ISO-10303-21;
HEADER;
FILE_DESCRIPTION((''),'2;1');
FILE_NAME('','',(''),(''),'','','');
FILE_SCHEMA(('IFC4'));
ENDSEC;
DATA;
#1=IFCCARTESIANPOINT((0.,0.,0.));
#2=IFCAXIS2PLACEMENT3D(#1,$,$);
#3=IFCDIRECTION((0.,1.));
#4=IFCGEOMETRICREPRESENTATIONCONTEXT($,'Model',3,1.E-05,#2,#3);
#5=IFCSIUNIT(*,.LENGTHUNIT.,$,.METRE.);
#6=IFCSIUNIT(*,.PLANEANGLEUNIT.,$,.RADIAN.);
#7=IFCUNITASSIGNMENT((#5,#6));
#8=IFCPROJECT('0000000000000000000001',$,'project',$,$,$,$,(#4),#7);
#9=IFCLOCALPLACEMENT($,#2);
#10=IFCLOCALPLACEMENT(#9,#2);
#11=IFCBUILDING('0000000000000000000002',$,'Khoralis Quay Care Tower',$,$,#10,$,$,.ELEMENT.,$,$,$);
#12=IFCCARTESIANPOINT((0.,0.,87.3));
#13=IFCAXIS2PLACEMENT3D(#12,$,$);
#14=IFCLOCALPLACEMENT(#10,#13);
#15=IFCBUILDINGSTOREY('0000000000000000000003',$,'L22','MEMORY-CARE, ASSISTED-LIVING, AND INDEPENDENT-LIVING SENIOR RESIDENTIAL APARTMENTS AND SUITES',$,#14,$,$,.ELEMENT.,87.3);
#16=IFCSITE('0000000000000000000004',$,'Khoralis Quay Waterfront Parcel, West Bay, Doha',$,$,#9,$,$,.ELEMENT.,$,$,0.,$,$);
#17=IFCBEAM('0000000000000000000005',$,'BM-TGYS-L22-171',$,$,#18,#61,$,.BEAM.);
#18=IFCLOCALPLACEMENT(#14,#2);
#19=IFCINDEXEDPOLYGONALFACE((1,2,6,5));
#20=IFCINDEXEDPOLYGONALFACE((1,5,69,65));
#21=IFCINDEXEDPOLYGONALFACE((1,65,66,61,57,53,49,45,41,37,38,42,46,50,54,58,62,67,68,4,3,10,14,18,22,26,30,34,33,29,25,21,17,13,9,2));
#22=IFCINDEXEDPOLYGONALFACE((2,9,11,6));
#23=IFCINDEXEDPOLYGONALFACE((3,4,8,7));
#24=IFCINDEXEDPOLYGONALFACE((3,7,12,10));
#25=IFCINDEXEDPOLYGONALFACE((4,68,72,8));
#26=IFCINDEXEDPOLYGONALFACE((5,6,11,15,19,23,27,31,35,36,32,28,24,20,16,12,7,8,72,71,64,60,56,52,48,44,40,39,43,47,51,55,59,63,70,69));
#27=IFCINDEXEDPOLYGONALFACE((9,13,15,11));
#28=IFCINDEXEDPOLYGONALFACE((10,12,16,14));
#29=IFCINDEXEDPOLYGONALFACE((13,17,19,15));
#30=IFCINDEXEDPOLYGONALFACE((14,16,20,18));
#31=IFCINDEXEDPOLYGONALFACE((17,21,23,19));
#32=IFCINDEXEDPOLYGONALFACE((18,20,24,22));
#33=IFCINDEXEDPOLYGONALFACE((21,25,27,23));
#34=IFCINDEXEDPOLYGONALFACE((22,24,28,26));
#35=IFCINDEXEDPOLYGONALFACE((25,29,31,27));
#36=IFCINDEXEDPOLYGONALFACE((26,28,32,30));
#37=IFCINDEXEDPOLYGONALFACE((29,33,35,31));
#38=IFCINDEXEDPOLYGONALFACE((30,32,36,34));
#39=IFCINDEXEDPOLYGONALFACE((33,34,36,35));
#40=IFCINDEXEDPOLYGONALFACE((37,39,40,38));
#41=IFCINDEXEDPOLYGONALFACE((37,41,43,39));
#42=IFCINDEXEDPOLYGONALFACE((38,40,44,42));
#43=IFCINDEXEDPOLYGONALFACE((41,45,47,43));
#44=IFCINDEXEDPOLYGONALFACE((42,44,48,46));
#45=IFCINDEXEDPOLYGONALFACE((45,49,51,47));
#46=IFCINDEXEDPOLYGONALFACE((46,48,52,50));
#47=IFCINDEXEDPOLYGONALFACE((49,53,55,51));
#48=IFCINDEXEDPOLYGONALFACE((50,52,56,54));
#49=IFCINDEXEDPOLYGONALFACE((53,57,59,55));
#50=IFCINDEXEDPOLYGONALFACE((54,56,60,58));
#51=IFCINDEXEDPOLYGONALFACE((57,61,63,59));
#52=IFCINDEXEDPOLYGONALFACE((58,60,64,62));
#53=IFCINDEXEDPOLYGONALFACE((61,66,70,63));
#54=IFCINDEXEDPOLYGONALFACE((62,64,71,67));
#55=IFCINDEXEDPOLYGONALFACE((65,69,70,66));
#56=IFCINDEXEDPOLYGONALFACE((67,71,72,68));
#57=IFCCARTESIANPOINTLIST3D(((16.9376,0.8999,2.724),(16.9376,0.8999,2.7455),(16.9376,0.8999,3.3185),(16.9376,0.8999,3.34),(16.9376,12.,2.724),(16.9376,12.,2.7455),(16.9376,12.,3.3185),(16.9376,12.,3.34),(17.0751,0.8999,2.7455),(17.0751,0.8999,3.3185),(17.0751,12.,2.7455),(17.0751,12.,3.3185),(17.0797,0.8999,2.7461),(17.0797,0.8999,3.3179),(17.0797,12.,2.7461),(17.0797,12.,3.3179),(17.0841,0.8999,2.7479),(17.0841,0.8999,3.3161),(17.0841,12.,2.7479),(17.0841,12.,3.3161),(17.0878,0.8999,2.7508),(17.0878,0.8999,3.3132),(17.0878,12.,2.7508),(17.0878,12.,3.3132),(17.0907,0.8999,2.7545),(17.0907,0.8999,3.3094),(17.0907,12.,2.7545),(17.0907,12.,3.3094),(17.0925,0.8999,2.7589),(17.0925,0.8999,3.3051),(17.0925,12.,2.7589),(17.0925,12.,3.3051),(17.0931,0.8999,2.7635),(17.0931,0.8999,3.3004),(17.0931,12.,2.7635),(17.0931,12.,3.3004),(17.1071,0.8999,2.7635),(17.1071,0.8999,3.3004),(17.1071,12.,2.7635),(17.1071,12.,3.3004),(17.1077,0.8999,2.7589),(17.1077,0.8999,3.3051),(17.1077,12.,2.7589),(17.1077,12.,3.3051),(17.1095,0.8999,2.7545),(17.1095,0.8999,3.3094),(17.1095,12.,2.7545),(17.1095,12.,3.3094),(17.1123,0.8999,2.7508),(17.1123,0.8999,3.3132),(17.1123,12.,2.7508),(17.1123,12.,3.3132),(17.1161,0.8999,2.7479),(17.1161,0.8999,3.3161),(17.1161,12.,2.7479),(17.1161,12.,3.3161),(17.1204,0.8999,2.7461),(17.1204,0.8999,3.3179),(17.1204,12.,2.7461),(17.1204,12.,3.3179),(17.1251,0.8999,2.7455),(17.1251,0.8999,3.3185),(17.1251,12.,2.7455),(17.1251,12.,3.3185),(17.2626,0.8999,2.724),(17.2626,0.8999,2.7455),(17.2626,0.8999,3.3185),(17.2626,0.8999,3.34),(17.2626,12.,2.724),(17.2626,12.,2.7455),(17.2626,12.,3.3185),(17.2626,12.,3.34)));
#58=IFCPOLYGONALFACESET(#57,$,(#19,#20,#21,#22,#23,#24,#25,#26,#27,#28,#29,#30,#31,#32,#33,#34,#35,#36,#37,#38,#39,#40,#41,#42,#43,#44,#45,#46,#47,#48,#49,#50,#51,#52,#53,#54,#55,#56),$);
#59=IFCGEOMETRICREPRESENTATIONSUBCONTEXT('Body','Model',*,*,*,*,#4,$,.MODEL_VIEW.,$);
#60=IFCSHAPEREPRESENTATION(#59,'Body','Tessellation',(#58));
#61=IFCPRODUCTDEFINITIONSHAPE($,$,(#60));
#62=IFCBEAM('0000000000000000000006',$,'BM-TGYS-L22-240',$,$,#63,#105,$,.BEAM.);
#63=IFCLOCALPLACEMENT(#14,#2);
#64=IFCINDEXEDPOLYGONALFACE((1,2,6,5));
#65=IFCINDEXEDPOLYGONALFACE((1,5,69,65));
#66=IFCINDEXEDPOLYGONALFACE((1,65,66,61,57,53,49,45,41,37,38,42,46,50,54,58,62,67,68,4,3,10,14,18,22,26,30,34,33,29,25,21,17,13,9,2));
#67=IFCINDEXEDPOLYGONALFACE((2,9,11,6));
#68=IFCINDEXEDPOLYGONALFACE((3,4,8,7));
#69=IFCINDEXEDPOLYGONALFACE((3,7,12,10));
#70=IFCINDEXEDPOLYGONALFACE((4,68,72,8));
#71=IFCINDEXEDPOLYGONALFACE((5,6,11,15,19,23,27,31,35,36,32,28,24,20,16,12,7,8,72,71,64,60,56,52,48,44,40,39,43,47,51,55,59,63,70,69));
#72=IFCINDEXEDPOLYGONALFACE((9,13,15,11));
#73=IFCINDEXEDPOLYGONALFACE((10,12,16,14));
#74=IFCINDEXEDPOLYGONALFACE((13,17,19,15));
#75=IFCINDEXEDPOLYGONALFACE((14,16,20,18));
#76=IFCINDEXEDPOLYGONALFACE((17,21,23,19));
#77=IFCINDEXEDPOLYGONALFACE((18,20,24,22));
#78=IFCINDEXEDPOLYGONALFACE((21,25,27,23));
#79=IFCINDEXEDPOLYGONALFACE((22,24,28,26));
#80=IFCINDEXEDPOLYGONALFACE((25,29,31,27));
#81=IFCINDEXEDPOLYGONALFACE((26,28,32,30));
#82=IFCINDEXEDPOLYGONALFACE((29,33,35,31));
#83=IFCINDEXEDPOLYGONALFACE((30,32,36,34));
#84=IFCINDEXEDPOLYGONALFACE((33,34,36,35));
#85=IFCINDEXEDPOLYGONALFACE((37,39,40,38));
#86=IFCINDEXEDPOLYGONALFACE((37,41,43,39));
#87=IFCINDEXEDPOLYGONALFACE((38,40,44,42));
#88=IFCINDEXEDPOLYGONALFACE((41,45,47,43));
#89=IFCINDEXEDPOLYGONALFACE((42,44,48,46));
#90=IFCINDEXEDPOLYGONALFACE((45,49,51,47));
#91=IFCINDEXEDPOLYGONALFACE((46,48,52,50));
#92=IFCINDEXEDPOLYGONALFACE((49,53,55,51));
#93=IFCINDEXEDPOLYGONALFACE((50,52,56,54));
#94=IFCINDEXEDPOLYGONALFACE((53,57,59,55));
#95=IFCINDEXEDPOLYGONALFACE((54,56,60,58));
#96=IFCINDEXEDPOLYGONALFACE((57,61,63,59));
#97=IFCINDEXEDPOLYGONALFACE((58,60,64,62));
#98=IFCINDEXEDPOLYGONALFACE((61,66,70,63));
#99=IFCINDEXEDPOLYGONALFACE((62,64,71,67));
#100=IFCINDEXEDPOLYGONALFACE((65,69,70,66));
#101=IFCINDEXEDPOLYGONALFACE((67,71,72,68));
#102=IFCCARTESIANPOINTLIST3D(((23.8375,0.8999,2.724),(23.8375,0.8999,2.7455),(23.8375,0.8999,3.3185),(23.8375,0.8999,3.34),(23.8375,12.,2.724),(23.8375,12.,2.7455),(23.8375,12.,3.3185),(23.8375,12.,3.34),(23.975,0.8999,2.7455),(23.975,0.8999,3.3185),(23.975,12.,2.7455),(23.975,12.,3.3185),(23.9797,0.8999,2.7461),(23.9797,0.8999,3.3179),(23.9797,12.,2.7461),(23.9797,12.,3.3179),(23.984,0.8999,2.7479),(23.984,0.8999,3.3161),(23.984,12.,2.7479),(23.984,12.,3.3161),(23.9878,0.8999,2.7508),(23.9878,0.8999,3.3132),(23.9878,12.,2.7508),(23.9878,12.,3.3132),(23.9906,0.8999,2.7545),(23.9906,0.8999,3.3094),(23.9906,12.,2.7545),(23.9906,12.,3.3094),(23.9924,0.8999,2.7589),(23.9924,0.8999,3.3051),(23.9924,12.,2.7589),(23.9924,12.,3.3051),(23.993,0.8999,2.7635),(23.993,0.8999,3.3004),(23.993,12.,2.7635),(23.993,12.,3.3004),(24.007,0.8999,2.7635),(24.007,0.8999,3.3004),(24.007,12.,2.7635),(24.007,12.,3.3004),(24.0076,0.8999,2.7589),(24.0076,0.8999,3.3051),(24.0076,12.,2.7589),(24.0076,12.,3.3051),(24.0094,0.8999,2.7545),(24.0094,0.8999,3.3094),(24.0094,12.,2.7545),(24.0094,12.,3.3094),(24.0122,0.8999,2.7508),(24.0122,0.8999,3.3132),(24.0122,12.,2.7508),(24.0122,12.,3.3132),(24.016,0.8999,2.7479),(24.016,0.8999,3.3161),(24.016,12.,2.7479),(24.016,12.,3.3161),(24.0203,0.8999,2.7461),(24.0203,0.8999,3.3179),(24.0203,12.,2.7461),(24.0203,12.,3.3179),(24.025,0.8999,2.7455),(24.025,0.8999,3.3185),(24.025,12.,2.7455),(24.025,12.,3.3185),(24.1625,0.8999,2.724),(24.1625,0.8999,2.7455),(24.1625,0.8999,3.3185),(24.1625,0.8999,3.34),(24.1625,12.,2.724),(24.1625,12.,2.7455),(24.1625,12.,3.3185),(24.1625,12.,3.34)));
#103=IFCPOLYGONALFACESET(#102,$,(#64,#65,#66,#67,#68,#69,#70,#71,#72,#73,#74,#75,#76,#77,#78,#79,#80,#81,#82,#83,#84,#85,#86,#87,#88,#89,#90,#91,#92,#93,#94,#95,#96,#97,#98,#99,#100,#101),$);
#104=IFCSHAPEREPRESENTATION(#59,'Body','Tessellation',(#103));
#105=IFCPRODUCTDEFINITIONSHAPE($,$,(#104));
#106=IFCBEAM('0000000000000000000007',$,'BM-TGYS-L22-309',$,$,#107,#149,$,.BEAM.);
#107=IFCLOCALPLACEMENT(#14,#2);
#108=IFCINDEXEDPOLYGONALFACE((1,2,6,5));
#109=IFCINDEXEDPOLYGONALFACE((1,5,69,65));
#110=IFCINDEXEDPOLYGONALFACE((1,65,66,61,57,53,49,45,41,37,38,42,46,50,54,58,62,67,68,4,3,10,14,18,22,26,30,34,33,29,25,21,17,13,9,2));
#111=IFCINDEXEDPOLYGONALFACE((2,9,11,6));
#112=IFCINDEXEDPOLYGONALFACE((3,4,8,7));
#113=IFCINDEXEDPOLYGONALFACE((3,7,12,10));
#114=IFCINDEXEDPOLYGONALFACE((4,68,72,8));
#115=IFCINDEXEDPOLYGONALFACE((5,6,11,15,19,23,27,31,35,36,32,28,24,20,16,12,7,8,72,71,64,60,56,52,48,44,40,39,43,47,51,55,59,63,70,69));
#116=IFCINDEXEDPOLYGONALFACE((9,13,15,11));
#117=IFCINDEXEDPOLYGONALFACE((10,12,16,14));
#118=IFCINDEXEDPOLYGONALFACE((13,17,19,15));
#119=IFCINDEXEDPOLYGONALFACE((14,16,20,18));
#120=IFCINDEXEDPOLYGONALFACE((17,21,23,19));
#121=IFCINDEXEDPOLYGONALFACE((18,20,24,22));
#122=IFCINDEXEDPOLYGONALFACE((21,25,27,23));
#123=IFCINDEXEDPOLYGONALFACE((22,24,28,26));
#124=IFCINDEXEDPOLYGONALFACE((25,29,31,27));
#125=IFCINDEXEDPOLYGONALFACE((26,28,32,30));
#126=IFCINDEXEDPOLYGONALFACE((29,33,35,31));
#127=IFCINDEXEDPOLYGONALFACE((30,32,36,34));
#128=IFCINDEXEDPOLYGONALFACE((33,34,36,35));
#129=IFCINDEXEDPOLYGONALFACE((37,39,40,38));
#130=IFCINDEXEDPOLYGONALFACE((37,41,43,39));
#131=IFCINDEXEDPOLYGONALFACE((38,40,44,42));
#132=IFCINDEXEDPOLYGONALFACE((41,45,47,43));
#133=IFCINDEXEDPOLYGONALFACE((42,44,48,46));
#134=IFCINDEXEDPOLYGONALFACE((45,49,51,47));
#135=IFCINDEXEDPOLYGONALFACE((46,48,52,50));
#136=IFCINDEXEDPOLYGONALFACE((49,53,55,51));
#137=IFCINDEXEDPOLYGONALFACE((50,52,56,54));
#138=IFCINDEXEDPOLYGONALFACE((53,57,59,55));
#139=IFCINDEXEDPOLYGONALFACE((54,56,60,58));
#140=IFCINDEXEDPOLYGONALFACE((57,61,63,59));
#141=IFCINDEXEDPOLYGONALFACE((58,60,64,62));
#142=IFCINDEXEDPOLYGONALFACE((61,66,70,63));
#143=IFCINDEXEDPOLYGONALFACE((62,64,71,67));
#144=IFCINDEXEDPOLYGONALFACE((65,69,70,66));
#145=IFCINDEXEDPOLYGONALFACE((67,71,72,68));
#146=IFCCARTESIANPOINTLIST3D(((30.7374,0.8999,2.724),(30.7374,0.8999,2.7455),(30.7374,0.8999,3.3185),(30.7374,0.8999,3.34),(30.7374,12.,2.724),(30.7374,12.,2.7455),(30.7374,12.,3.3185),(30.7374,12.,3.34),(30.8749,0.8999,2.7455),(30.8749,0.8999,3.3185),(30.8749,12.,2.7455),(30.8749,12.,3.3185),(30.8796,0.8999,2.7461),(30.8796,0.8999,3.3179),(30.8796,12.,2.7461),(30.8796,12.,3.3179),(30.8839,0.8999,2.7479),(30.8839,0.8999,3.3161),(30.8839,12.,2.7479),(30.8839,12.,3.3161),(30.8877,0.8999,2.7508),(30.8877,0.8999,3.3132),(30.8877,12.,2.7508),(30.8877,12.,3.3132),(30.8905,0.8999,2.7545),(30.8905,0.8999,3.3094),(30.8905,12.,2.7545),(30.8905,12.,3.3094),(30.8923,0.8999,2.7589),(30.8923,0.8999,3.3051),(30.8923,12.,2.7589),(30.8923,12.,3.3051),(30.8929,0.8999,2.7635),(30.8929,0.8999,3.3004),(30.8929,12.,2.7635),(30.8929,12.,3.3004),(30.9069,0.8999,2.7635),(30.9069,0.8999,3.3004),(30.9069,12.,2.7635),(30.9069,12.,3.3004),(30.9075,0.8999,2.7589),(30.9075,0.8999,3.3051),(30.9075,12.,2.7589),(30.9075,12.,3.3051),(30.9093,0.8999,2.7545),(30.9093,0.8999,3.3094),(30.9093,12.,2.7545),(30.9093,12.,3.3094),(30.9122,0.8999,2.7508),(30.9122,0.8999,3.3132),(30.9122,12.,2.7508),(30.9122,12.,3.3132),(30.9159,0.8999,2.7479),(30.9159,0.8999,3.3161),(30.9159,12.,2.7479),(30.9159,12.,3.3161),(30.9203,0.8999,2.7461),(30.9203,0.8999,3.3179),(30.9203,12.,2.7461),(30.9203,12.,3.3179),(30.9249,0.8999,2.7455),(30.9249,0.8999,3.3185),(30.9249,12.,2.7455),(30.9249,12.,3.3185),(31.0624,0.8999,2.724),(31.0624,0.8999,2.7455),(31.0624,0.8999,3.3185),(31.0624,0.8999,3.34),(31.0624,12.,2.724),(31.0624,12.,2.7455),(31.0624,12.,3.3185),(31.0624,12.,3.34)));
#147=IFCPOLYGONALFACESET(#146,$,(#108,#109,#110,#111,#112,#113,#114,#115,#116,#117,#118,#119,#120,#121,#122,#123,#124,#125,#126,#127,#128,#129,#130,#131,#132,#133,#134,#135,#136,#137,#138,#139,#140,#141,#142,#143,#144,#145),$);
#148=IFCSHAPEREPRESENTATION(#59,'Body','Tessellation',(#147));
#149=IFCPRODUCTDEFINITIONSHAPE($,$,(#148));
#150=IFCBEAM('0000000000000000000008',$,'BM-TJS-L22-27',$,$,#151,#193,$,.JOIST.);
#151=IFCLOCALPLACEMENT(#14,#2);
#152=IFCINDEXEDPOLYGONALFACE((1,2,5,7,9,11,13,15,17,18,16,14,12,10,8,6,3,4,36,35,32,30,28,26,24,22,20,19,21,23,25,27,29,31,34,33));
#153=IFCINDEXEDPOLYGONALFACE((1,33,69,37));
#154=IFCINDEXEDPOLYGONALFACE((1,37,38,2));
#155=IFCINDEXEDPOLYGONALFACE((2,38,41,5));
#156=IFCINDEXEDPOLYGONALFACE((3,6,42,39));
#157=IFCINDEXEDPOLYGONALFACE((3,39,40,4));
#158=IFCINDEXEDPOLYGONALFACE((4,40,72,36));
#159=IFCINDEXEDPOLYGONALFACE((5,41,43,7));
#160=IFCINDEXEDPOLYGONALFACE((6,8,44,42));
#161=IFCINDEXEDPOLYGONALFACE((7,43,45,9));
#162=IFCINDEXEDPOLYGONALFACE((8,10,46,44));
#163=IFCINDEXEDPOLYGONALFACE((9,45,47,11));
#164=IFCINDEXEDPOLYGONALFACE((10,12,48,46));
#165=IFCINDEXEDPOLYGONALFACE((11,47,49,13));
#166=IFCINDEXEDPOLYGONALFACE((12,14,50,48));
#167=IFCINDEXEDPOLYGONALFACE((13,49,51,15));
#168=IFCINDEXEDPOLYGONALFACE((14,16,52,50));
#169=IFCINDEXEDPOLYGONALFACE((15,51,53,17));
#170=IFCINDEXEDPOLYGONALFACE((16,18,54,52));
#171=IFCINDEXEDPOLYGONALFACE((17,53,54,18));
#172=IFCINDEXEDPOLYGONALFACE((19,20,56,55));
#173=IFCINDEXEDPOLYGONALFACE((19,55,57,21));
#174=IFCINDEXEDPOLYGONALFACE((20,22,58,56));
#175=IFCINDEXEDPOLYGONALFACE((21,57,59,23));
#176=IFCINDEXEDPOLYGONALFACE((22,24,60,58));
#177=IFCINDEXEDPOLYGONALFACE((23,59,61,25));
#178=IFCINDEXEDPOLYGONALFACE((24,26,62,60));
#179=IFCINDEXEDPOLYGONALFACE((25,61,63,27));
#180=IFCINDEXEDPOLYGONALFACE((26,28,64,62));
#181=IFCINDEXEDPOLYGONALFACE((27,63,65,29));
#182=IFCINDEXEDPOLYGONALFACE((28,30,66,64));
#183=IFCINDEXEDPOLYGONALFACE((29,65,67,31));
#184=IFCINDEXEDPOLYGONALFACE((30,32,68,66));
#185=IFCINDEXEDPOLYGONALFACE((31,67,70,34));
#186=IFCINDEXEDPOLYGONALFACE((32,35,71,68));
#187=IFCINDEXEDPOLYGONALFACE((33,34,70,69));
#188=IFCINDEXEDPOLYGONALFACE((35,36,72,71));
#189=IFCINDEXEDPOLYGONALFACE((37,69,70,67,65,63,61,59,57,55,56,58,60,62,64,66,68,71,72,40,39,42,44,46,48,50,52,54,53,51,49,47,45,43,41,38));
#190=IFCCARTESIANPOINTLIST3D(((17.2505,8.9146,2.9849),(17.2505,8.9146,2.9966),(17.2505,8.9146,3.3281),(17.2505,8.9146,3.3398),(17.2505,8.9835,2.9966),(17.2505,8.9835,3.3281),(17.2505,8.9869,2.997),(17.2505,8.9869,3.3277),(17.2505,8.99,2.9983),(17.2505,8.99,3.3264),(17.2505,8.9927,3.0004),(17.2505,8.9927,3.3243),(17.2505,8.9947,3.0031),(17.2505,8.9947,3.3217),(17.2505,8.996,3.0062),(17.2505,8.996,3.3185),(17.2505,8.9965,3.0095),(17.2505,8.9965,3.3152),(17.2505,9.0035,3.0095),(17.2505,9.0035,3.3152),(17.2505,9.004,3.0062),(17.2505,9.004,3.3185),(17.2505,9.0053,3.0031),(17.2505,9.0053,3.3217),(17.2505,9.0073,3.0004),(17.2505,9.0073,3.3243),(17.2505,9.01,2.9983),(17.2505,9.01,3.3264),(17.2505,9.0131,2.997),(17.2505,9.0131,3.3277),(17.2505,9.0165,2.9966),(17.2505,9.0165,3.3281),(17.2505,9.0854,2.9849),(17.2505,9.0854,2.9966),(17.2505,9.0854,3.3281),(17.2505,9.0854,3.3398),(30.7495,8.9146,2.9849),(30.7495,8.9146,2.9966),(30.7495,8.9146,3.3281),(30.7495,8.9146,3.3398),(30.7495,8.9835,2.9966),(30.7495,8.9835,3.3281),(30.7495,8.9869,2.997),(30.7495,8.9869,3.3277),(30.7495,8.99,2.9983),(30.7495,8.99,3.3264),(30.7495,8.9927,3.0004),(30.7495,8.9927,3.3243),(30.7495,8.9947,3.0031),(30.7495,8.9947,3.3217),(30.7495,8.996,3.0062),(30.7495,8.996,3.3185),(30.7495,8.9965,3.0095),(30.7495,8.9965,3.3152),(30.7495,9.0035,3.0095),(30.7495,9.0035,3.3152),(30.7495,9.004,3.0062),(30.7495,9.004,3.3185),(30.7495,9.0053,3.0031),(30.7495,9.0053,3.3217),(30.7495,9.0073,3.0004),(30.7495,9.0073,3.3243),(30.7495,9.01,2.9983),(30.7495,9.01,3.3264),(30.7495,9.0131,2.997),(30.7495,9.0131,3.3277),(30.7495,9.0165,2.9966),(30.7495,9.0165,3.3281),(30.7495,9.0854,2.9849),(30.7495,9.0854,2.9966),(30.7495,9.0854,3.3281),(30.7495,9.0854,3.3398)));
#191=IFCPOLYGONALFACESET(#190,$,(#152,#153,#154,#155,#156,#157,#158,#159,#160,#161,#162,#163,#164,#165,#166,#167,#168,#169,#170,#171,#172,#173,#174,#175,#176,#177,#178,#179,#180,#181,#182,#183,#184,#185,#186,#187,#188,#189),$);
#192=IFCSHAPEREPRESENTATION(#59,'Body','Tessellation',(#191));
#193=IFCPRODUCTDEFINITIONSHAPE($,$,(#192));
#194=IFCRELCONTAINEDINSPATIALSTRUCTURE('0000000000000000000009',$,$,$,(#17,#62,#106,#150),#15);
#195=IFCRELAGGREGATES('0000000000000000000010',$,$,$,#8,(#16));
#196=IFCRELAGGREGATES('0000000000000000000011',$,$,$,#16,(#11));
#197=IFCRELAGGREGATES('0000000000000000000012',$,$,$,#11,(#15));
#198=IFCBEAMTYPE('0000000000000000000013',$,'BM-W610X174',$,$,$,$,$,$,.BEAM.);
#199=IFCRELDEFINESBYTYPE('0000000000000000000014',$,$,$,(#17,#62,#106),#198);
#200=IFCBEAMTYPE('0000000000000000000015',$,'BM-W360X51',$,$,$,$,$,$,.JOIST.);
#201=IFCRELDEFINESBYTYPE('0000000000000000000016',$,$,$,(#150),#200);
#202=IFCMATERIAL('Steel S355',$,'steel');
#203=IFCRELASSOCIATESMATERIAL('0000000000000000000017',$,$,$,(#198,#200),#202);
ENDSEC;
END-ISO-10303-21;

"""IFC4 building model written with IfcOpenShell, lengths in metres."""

from ifc_helpers import new_model, si_unit, direction, frame, origin, origin_2d, place, context, subcontext, project, spatial, i_section, extrude, source, transform, mapped, material, material_profile, profile_set, type_object, element, save


model = new_model("IFC4")

# Units and contexts
model_context = context("Model", 3, precision=1e-05, world=origin(), true_north=direction((0.0, 1.0)))
body_context = subcontext(model_context, "Body", "Model", "MODEL_VIEW")
ifc_project = project(units=[si_unit("LENGTHUNIT", "METRE"), si_unit("PLANEANGLEUNIT", "RADIAN")], contexts=[model_context])

# Site, building, storey
site_placement = place(None, origin())
site = spatial("IfcSite", under=ifc_project, at=site_placement, Name="Khoralis Quay Waterfront Parcel, West Bay, Doha", CompositionType="ELEMENT", RefElevation=0.0)
building_placement = place(site_placement, origin())
building = spatial("IfcBuilding", under=site, at=building_placement, Name="Khoralis Quay Care Tower", CompositionType="ELEMENT")
storey_placement = place(building_placement, frame((0.0, 0.0, 87.3)))
storey = spatial("IfcBuildingStorey", under=building, at=storey_placement, Name="L22", Description="MEMORY-CARE, ASSISTED-LIVING, AND INDEPENDENT-LIVING SENIOR RESIDENTIAL APARTMENTS AND SUITES", CompositionType="ELEMENT", Elevation=87.3)

# Beams
ifc_material_1 = material(Name="Steel S355", Category="steel")
ifc_material_profile_1 = material_profile(ifc_material_1, i_section(OverallWidth=0.325, OverallDepth=0.616, WebThickness=0.0139, FlangeThickness=0.0215, FilletRadius=0.0181, at=origin_2d()), Name="Steel S355")
ifc_profile_set_1 = profile_set([ifc_material_profile_1], Name="Steel S355")
beam_type_1 = type_object("IfcBeamType", Name="BM-W610X174", PredefinedType="BEAM", material=ifc_profile_set_1)
shared_shape_1 = source(origin(), body_context, "Body", "SweptSolid", [
    extrude(i_section(OverallWidth=0.325, OverallDepth=0.616, WebThickness=0.0139, FlangeThickness=0.0215, FilletRadius=0.0181, at=origin_2d()), origin(), (0.0, 0.0, 1.0), 11.1001),
])
for number, where, z_axis, x_axis, name in (
    (1, (17.1001, 0.8999, 3.032), (0.0, 1.0, 0.0), (-1.0, 0.0, 0.0), "BM-TGYS-L22-171"),
    (2, (24.0, 0.8999, 3.032), (0.0, 1.0, 0.0), (-1.0, 0.0, 0.0), "BM-TGYS-L22-240"),
    (3, (30.8999, 0.8999, 3.032), (0.0, 1.0, 0.0), (-1.0, 0.0, 0.0), "BM-TGYS-L22-309"),
):
    element("IfcBeam", number, at=place(storey_placement, frame(where, z_axis=z_axis, x_axis=x_axis)), inside=storey, type_object=beam_type_1, Name=name, PredefinedType="BEAM", context=body_context, shape_type="MappedRepresentation", body=[
        mapped(shared_shape_1, transform((0.0, 0.0, 0.0), scale=1.0)),
    ])
ifc_material_profile_2 = material_profile(ifc_material_1, i_section(OverallWidth=0.1709, OverallDepth=0.355, WebThickness=0.0071, FlangeThickness=0.0117, FilletRadius=0.0129, at=origin_2d()), Name="Steel S355")
ifc_profile_set_2 = profile_set([ifc_material_profile_2], Name="Steel S355")
beam_type_2 = type_object("IfcBeamType", Name="BM-W360X51", PredefinedType="JOIST", material=ifc_profile_set_2)
shared_shape_2 = source(origin(), body_context, "Body", "SweptSolid", [
    extrude(i_section(OverallWidth=0.1709, OverallDepth=0.355, WebThickness=0.0071, FlangeThickness=0.0117, FilletRadius=0.0129, at=origin_2d()), origin(), (0.0, 0.0, 1.0), 13.499),
])
beam_1_placement = place(storey_placement, frame((17.2505, 9.0, 3.1624), z_axis=(1.0, 0.0, 0.0), x_axis=(0.0, 1.0, 0.0)))
element("IfcBeam", 4, at=beam_1_placement, inside=storey, type_object=beam_type_2, Name="BM-TJS-L22-27", PredefinedType="JOIST", context=body_context, shape_type="MappedRepresentation", body=[
    mapped(shared_shape_2, transform((0.0, 0.0, 0.0), scale=1.0)),
])

save(model, "model.ifc")
